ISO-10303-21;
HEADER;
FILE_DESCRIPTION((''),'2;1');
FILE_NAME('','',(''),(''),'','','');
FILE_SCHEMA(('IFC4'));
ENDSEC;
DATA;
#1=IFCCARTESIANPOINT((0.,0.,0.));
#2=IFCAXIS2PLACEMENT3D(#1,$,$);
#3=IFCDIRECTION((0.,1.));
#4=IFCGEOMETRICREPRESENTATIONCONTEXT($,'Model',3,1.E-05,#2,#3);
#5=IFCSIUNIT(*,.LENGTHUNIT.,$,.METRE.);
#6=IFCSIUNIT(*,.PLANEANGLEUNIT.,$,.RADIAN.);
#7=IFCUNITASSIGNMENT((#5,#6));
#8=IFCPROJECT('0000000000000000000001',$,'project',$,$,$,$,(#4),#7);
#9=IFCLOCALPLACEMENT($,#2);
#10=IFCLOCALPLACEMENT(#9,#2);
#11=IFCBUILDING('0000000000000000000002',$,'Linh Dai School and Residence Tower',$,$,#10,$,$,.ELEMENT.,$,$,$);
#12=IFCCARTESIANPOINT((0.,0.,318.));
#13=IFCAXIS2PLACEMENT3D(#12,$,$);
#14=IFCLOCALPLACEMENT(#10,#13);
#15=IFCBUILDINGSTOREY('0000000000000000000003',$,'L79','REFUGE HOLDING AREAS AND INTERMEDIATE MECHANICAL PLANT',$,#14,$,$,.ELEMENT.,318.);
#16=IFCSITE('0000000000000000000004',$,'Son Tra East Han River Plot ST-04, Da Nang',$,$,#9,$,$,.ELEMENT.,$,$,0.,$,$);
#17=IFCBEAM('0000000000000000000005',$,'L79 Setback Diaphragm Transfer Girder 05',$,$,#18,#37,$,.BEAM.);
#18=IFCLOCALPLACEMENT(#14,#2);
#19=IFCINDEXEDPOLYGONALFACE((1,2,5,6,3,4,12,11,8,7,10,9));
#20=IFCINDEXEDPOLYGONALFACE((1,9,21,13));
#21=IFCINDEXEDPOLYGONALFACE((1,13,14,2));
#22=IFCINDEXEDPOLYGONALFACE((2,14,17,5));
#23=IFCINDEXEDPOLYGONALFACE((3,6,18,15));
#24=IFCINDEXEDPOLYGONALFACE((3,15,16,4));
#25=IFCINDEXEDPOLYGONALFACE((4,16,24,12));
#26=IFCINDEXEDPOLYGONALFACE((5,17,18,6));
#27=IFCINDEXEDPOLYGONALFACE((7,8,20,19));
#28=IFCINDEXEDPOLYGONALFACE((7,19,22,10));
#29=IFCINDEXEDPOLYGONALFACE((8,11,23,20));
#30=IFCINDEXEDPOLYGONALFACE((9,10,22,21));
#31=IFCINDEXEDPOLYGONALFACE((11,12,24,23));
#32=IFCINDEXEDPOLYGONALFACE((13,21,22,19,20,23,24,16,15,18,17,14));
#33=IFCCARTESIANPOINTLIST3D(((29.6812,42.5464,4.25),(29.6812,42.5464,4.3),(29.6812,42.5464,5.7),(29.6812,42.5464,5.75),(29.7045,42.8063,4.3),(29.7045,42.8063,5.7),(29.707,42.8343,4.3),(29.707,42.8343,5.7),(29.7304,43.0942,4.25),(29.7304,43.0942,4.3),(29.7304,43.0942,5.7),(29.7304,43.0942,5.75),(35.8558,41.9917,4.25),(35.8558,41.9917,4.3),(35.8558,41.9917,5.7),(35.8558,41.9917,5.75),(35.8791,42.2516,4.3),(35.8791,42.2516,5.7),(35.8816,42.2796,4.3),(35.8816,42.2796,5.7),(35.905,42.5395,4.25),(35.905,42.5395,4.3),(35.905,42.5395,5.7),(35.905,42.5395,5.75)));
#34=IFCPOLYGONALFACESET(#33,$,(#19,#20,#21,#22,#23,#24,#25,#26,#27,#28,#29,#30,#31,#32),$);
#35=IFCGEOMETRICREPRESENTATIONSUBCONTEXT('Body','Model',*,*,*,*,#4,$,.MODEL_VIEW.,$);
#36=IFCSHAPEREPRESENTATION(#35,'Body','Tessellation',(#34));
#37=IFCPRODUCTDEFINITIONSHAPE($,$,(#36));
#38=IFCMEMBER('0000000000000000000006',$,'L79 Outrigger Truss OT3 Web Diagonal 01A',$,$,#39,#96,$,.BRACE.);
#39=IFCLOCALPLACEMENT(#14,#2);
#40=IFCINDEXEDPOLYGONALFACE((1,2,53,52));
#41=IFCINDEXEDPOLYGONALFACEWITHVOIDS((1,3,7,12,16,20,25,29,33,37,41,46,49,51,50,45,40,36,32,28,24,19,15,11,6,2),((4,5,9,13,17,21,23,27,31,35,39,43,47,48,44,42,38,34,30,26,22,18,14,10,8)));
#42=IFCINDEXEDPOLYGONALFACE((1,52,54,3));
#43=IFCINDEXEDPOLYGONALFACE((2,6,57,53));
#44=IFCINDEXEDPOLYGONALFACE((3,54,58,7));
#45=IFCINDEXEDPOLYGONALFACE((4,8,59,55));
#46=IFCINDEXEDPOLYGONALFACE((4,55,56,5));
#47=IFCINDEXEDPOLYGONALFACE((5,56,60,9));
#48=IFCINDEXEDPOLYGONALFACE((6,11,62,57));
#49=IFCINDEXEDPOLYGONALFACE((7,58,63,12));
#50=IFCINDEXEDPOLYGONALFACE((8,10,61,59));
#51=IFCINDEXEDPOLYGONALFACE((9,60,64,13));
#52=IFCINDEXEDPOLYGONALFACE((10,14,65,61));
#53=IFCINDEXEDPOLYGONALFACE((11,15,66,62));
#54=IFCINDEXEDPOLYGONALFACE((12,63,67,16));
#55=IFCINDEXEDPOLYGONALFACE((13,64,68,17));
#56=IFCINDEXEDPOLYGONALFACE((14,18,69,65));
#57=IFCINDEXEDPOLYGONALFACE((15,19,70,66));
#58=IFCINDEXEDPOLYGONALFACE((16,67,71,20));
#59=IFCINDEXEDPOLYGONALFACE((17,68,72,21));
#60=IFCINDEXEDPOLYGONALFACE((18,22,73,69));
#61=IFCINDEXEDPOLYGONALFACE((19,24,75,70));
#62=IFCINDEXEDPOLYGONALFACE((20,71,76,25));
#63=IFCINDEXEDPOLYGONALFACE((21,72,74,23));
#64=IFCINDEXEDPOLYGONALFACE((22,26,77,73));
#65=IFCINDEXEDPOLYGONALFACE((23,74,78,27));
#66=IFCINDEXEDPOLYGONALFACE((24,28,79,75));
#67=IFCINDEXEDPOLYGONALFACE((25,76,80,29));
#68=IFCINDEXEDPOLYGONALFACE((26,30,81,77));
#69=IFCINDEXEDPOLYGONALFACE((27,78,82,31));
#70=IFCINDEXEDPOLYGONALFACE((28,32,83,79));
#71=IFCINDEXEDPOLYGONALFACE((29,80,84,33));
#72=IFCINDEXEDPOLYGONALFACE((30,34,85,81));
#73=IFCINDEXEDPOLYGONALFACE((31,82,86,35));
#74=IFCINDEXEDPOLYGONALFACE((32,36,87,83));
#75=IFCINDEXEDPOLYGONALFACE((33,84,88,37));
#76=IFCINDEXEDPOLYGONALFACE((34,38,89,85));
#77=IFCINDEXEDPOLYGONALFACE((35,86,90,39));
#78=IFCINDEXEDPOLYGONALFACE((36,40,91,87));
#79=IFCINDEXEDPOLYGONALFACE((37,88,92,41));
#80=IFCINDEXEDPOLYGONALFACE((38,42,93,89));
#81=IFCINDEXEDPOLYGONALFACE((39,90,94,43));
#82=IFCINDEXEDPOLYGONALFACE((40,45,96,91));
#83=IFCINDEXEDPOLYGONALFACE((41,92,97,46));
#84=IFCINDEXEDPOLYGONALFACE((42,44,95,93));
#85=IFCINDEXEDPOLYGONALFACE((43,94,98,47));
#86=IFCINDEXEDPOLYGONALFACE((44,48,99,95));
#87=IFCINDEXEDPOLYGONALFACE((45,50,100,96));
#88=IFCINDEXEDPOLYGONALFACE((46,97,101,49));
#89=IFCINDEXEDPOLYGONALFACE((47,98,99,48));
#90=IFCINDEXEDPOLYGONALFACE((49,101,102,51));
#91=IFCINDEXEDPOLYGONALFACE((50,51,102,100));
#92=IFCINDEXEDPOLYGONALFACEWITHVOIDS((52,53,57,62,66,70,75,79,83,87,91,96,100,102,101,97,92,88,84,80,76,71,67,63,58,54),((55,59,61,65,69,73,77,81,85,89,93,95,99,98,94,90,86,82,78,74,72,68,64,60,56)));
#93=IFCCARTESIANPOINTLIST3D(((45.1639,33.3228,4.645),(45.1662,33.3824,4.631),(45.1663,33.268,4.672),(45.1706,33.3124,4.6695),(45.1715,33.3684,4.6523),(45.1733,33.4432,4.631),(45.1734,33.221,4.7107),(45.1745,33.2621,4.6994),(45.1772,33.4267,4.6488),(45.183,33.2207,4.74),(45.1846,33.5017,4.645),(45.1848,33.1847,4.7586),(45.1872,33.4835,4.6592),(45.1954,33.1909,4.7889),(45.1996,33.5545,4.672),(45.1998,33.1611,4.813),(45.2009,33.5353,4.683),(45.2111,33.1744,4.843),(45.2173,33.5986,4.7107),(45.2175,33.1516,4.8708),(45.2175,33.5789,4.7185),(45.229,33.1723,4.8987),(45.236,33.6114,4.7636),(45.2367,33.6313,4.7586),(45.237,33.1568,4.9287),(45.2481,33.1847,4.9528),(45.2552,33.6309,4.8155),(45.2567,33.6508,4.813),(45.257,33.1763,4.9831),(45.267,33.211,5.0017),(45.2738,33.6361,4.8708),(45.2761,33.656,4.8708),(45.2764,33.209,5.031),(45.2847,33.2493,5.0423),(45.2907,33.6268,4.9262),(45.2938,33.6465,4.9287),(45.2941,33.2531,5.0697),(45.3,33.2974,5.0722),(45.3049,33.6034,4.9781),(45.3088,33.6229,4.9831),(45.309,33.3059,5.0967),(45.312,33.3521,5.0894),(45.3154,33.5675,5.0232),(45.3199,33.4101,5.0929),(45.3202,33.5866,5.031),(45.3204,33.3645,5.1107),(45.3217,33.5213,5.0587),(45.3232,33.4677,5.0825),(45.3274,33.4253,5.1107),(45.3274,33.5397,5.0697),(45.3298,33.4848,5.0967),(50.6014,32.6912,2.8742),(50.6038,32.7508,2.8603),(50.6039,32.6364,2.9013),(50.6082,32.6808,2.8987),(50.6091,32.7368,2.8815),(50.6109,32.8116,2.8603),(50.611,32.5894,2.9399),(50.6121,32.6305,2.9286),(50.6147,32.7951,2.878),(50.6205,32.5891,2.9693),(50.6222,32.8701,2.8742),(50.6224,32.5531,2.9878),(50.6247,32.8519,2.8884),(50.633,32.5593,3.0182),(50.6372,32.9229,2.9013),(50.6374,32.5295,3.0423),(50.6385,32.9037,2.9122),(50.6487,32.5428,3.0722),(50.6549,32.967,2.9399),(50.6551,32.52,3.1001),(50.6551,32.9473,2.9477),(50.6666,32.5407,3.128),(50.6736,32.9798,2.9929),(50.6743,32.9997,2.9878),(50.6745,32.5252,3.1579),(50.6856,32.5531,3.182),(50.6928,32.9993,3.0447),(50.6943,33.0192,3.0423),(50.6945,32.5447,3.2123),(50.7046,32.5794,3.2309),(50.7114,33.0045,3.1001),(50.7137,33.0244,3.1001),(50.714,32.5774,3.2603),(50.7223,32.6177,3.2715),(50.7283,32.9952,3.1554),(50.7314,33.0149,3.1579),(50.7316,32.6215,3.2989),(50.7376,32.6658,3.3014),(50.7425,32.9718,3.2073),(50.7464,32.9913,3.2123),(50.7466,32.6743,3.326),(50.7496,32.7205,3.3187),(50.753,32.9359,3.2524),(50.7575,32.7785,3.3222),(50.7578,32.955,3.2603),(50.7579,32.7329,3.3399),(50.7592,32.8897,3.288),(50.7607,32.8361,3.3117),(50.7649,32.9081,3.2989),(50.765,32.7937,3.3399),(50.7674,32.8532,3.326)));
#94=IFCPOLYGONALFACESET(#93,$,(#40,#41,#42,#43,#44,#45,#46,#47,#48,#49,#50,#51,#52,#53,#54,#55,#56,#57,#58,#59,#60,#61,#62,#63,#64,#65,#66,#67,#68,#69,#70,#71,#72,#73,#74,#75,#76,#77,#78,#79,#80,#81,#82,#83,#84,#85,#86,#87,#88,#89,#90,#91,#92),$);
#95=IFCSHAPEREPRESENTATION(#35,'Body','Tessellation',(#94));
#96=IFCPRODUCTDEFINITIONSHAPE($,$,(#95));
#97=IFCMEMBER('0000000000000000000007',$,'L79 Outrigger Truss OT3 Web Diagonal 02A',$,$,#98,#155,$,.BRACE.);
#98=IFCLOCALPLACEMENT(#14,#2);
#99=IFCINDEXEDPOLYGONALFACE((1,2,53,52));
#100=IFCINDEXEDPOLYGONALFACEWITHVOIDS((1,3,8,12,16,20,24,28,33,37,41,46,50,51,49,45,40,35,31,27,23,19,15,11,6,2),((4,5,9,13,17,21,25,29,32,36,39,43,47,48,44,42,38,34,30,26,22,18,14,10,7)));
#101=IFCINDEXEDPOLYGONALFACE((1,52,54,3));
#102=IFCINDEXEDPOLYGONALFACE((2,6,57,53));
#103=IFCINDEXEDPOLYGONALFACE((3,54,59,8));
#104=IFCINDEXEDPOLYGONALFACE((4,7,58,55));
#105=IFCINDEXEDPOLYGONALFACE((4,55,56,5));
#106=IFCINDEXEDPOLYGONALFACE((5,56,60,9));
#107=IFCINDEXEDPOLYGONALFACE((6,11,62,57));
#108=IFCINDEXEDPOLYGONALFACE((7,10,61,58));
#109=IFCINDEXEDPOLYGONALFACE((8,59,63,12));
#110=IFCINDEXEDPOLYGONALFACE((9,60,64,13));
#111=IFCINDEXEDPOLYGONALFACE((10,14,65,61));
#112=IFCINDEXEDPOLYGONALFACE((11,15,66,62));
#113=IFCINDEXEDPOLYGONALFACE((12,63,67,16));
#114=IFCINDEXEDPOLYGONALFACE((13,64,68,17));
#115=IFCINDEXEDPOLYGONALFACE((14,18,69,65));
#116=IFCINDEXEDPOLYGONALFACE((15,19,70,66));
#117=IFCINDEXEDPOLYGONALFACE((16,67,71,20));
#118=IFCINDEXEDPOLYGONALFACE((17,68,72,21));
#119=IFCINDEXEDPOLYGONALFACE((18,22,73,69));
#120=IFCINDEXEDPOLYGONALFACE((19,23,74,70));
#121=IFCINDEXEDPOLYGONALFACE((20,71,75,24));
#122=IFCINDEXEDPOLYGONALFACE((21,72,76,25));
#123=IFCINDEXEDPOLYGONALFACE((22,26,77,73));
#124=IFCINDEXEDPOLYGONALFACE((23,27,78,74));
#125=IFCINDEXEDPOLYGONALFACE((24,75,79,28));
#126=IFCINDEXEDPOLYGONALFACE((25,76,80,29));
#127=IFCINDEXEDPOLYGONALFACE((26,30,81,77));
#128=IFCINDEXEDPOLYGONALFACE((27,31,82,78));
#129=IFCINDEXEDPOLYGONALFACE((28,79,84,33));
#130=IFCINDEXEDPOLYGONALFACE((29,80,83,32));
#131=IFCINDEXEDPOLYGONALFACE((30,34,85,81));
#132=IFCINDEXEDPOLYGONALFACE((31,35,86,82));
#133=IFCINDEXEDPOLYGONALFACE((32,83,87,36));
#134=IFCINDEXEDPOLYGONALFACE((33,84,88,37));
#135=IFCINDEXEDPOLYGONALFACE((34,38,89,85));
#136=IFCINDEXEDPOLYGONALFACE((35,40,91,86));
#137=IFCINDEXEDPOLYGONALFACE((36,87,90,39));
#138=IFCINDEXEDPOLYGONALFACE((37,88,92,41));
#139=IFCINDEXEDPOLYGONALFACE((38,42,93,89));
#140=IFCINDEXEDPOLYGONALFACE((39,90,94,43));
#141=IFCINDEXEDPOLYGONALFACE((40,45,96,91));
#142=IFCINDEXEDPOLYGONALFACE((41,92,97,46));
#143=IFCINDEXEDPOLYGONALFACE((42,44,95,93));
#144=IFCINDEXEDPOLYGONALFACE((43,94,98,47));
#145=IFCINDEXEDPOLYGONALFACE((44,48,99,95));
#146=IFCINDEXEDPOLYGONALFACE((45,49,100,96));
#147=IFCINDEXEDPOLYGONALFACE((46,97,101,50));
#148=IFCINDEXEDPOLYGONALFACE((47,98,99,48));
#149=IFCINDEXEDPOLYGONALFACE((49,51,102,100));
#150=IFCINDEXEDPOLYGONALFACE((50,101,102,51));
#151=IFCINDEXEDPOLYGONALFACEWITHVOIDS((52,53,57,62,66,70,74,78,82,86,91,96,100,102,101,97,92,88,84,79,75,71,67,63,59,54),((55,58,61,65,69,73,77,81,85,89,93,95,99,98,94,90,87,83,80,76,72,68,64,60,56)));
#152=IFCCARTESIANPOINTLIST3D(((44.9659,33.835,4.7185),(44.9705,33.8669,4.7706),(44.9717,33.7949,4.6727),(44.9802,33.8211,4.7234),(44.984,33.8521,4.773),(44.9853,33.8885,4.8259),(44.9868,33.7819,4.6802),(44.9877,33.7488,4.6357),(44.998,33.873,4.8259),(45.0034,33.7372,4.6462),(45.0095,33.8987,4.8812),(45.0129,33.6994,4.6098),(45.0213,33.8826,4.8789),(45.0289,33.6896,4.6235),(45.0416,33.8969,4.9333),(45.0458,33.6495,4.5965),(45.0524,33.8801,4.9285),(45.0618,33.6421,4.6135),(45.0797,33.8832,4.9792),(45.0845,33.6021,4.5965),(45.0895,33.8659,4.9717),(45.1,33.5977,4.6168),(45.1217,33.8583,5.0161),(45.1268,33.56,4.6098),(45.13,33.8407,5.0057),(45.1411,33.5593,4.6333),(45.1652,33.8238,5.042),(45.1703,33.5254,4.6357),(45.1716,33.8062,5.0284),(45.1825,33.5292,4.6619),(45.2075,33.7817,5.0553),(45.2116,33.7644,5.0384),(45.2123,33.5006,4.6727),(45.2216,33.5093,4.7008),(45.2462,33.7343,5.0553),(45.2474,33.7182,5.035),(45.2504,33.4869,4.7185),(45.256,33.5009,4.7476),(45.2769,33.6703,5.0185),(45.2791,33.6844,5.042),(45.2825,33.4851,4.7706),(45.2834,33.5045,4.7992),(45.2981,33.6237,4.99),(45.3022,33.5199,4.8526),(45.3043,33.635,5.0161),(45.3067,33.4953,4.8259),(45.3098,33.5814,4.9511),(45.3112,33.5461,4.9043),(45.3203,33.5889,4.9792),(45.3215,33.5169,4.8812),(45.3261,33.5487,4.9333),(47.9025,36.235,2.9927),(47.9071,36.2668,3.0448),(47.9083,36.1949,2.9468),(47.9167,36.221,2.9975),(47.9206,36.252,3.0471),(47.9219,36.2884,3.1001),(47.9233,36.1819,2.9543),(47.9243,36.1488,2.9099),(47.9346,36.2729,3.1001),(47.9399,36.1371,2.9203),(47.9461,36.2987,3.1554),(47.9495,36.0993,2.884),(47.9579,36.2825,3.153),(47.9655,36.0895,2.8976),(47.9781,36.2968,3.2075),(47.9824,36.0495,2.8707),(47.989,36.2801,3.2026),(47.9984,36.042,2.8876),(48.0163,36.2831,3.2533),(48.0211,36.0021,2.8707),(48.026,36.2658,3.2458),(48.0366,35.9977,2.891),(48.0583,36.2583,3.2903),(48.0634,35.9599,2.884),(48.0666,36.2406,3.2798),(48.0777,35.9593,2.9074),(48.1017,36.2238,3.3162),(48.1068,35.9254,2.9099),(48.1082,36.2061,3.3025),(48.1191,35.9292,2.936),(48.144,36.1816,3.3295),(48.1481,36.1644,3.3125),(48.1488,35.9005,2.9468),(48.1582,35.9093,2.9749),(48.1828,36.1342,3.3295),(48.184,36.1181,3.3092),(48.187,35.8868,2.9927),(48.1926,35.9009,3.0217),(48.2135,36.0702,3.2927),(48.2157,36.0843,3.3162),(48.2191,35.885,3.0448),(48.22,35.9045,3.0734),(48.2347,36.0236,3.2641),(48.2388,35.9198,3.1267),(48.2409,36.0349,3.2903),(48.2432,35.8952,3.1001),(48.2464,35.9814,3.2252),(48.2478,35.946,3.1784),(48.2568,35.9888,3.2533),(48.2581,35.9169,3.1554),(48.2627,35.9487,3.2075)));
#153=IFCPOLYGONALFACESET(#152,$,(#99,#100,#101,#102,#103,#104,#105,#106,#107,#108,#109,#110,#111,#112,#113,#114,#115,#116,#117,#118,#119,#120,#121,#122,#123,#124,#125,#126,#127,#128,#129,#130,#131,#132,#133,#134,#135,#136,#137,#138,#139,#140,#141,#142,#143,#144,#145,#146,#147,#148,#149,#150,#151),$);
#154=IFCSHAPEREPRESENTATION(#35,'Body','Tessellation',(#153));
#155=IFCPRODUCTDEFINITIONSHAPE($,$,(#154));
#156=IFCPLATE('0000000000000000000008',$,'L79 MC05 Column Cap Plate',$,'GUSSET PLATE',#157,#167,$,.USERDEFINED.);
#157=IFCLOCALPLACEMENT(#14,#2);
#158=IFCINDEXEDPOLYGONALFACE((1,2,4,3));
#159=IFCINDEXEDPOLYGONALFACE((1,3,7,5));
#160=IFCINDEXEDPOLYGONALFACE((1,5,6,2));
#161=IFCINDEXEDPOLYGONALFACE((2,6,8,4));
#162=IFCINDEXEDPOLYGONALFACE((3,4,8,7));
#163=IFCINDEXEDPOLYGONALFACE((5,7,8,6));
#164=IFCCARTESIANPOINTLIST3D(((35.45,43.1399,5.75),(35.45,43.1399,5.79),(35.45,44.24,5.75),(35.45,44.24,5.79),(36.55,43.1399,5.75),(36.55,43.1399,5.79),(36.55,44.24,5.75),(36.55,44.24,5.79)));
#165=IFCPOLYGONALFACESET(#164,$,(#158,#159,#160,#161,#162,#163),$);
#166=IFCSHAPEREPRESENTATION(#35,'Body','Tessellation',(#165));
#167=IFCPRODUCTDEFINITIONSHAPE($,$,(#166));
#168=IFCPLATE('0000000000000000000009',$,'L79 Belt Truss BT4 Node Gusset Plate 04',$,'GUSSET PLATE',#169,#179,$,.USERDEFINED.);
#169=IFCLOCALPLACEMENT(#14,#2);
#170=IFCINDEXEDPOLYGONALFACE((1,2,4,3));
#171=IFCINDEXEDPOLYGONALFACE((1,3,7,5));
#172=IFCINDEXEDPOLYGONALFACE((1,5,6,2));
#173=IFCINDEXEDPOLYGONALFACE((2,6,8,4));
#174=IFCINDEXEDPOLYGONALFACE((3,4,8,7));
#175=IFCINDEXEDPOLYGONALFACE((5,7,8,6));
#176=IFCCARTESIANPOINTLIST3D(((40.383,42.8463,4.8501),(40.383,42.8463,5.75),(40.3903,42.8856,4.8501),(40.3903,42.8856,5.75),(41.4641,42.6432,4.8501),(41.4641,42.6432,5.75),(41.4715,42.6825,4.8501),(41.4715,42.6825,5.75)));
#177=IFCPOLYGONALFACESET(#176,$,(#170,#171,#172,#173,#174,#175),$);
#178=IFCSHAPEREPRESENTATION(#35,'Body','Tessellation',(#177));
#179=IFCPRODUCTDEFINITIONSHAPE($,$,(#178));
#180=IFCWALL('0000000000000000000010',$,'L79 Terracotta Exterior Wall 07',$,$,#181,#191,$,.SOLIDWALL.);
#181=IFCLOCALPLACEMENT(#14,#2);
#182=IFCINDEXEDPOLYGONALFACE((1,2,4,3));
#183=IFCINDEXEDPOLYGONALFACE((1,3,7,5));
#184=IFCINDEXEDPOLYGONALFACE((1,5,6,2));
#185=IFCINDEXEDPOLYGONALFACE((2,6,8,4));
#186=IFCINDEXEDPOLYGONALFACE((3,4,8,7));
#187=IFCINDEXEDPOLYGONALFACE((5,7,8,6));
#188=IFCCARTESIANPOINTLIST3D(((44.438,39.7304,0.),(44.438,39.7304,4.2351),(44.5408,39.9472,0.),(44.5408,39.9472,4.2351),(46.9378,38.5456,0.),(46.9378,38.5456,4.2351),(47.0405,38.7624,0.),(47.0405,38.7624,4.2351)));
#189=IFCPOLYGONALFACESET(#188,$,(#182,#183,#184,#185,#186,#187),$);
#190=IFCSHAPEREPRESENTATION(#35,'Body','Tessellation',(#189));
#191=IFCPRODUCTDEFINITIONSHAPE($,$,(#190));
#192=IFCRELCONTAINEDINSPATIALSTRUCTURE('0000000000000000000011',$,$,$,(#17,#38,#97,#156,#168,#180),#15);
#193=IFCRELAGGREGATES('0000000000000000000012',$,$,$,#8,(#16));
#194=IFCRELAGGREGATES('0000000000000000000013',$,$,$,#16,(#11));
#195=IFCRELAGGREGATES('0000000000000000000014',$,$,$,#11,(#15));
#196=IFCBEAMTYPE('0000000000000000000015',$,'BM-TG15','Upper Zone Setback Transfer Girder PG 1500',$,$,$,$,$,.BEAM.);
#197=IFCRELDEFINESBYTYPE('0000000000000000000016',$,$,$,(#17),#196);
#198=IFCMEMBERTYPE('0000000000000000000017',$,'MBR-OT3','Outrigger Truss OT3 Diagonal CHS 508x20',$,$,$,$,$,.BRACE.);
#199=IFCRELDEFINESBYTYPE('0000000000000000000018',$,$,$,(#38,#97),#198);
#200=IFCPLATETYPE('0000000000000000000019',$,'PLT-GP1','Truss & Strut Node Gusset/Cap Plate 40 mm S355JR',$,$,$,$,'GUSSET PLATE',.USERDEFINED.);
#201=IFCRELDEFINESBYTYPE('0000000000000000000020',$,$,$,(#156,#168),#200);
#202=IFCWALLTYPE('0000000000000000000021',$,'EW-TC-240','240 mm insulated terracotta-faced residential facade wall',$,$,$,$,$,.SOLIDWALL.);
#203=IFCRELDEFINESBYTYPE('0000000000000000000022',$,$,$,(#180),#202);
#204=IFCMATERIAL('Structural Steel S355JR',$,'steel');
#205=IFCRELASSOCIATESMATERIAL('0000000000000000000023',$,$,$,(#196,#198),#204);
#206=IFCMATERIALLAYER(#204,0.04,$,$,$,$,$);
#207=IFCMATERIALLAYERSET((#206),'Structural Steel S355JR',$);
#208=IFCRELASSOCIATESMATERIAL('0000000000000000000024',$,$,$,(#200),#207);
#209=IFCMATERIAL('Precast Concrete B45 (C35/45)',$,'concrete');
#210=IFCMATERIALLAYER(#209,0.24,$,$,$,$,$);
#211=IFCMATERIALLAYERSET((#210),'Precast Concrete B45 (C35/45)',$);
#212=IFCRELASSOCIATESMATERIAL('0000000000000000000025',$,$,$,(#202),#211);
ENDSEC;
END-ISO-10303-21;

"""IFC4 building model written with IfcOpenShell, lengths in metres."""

from ifc_helpers import new_model, si_unit, direction, frame, frame_2d, origin, origin_2d, place, context, subcontext, project, spatial, rectangle, hollow_circle, i_section, extrude, source, transform, mapped, material, layer, layer_set, material_profile, profile_set, type_object, element, save


model = new_model("IFC4")

# Units and contexts
model_context = context("Model", 3, precision=1e-05, world=origin(), true_north=direction((0.0, 1.0)))
body_context = subcontext(model_context, "Body", "Model", "MODEL_VIEW")
ifc_project = project(units=[si_unit("LENGTHUNIT", "METRE"), si_unit("PLANEANGLEUNIT", "RADIAN")], contexts=[model_context])

# Site, building, storey
site_placement = place(None, origin())
site = spatial("IfcSite", under=ifc_project, at=site_placement, Name="Son Tra East Han River Plot ST-04, Da Nang", CompositionType="ELEMENT", RefElevation=0.0)
building_placement = place(site_placement, origin())
building = spatial("IfcBuilding", under=site, at=building_placement, Name="Linh Dai School and Residence Tower", CompositionType="ELEMENT")
storey_placement = place(building_placement, frame((0.0, 0.0, 318.0)))
storey = spatial("IfcBuildingStorey", under=building, at=storey_placement, Name="L79", Description="REFUGE HOLDING AREAS AND INTERMEDIATE MECHANICAL PLANT", CompositionType="ELEMENT", Elevation=318.0)

# Shared definitions
ifc_material_1 = material(Name="Structural Steel S355JR", Category="steel")

# Beam
ifc_material_profile_1 = material_profile(ifc_material_1, i_section(OverallWidth=0.55, OverallDepth=1.5, WebThickness=0.0281, FlangeThickness=0.05, at=origin_2d()), Name="PG 1500x550x28x50")
ifc_profile_set_1 = profile_set([ifc_material_profile_1], Name="Structural Steel S355JR")
beam_type_1 = type_object("IfcBeamType", Name="BM-TG15", Description="Upper Zone Setback Transfer Girder PG 1500", PredefinedType="BEAM", material=ifc_profile_set_1)
beam_1_placement = place(storey_placement, frame((35.8804, 42.2656, 5.0), z_axis=(-0.995989, 0.089474, 0.0), x_axis=(-0.089474, -0.995989, 0.0)))
element("IfcBeam", 1, at=beam_1_placement, inside=storey, type_object=beam_type_1, Name="L79 Setback Diaphragm Transfer Girder 05", PredefinedType="BEAM", context=body_context, shape_type="SweptSolid", body=[
    extrude(i_section(OverallWidth=0.55, OverallDepth=1.5, WebThickness=0.0281, FlangeThickness=0.05, at=origin_2d()), origin(), (0.0, 0.0, 1.0), 6.1995),
])

# Members
ifc_material_profile_2 = material_profile(ifc_material_1, hollow_circle(Radius=0.2539, WallThickness=0.02, at=origin_2d()), Name="CHS 508x20")
ifc_profile_set_2 = profile_set([ifc_material_profile_2], Name="Structural Steel S355JR")
member_type = type_object("IfcMemberType", Name="MBR-OT3", Description="Outrigger Truss OT3 Diagonal CHS 508x20", PredefinedType="BRACE", material=ifc_profile_set_2)
member_1_placement = place(storey_placement, frame((45.2468, 33.4038, 4.8708), z_axis=(0.945104, -0.109778, -0.307778), x_axis=(0.115379, 0.993322, 0.0)))
element("IfcMember", 2, at=member_1_placement, inside=storey, type_object=member_type, Name="L79 Outrigger Truss OT3 Web Diagonal 01A", PredefinedType="BRACE", context=body_context, shape_type="SweptSolid", body=[
    extrude(hollow_circle(Radius=0.2539, WallThickness=0.02, at=origin_2d()), origin(), (0.0, 0.0, 1.0), 5.7534),
])
member_2_placement = place(storey_placement, frame((45.146, 33.6919, 4.8259), z_axis=(0.704764, 0.575975, -0.414198), x_axis=(-0.63281, 0.774307, 0.0)))
element("IfcMember", 3, at=member_2_placement, inside=storey, type_object=member_type, Name="L79 Outrigger Truss OT3 Web Diagonal 02A", PredefinedType="BRACE", context=body_context, shape_type="SweptSolid", body=[
    extrude(hollow_circle(Radius=0.2539, WallThickness=0.02, at=origin_2d()), origin(), (0.0, 0.0, 1.0), 4.1667),
])

# Plates
ifc_layer_1 = layer(ifc_material_1, 0.04)
ifc_layer_set_1 = layer_set([ifc_layer_1], Name="Structural Steel S355JR")
plate_type = type_object("IfcPlateType", Name="PLT-GP1", Description="Truss & Strut Node Gusset/Cap Plate 40 mm S355JR", ElementType="GUSSET PLATE", PredefinedType="USERDEFINED", material=ifc_layer_set_1)
shared_shape_1 = source(origin(), body_context, "Body", "SweptSolid", [
    extrude(rectangle(XDim=1.1001, YDim=1.1001, at=origin_2d()), origin(), (0.0, 0.0, 1.0), 0.04),
])
plate_1_placement = place(storey_placement, frame((36.0, 43.6899, 5.75), z_axis=(0.0, 0.0, 1.0), x_axis=(1.0, 0.0, 0.0)))
element("IfcPlate", 4, at=plate_1_placement, inside=storey, type_object=plate_type, Name="L79 MC05 Column Cap Plate", ObjectType="GUSSET PLATE", PredefinedType="USERDEFINED", context=body_context, shape_type="MappedRepresentation", body=[
    mapped(shared_shape_1, transform((0.0, 0.0, 0.0), x_axis=(1.0, 0.0, 0.0), y_axis=(0.0, 1.0, 0.0), z_axis=(0.0, 0.0, 1.0), scale=1.0)),
])
shared_shape_2 = source(origin(), body_context, "Body", "SweptSolid", [
    extrude(rectangle(XDim=1.1001, YDim=0.04, at=origin_2d()), origin(), (0.0, 0.0, 1.0), 0.8999),
])
plate_2_placement = place(storey_placement, frame((40.9272, 42.7644, 4.8501), z_axis=(0.0, 0.0, 1.0), x_axis=(-0.982808, 0.184628, 0.0)))
element("IfcPlate", 5, at=plate_2_placement, inside=storey, type_object=plate_type, Name="L79 Belt Truss BT4 Node Gusset Plate 04", ObjectType="GUSSET PLATE", PredefinedType="USERDEFINED", context=body_context, shape_type="MappedRepresentation", body=[
    mapped(shared_shape_2, transform((0.0, 0.0, 0.0), x_axis=(1.0, 0.0, 0.0), y_axis=(0.0, 1.0, 0.0), z_axis=(0.0, 0.0, 1.0), scale=1.0)),
])

# Wall
ifc_material_2 = material(Name="Precast Concrete B45 (C35/45)", Category="concrete")
ifc_layer_2 = layer(ifc_material_2, 0.24)
ifc_layer_set_2 = layer_set([ifc_layer_2], Name="Precast Concrete B45 (C35/45)")
wall_type_1 = type_object("IfcWallType", Name="EW-TC-240", Description="240 mm insulated terracotta-faced residential facade wall", PredefinedType="SOLIDWALL", material=ifc_layer_set_2)
wall_1_placement = place(storey_placement, frame((44.4893, 39.8389, 0.0), z_axis=(0.0, 0.0, 1.0), x_axis=(0.903637, -0.428299, 0.0)))
element("IfcWall", 6, at=wall_1_placement, inside=storey, type_object=wall_type_1, Name="L79 Terracotta Exterior Wall 07", PredefinedType="SOLIDWALL", context=body_context, shape_type="SweptSolid", body=[
    extrude(rectangle(XDim=2.7664, YDim=0.24, at=frame_2d((1.3833, 0.0))), origin(), (0.0, 0.0, 1.0), 4.2351),
])

save(model, "model.ifc")
